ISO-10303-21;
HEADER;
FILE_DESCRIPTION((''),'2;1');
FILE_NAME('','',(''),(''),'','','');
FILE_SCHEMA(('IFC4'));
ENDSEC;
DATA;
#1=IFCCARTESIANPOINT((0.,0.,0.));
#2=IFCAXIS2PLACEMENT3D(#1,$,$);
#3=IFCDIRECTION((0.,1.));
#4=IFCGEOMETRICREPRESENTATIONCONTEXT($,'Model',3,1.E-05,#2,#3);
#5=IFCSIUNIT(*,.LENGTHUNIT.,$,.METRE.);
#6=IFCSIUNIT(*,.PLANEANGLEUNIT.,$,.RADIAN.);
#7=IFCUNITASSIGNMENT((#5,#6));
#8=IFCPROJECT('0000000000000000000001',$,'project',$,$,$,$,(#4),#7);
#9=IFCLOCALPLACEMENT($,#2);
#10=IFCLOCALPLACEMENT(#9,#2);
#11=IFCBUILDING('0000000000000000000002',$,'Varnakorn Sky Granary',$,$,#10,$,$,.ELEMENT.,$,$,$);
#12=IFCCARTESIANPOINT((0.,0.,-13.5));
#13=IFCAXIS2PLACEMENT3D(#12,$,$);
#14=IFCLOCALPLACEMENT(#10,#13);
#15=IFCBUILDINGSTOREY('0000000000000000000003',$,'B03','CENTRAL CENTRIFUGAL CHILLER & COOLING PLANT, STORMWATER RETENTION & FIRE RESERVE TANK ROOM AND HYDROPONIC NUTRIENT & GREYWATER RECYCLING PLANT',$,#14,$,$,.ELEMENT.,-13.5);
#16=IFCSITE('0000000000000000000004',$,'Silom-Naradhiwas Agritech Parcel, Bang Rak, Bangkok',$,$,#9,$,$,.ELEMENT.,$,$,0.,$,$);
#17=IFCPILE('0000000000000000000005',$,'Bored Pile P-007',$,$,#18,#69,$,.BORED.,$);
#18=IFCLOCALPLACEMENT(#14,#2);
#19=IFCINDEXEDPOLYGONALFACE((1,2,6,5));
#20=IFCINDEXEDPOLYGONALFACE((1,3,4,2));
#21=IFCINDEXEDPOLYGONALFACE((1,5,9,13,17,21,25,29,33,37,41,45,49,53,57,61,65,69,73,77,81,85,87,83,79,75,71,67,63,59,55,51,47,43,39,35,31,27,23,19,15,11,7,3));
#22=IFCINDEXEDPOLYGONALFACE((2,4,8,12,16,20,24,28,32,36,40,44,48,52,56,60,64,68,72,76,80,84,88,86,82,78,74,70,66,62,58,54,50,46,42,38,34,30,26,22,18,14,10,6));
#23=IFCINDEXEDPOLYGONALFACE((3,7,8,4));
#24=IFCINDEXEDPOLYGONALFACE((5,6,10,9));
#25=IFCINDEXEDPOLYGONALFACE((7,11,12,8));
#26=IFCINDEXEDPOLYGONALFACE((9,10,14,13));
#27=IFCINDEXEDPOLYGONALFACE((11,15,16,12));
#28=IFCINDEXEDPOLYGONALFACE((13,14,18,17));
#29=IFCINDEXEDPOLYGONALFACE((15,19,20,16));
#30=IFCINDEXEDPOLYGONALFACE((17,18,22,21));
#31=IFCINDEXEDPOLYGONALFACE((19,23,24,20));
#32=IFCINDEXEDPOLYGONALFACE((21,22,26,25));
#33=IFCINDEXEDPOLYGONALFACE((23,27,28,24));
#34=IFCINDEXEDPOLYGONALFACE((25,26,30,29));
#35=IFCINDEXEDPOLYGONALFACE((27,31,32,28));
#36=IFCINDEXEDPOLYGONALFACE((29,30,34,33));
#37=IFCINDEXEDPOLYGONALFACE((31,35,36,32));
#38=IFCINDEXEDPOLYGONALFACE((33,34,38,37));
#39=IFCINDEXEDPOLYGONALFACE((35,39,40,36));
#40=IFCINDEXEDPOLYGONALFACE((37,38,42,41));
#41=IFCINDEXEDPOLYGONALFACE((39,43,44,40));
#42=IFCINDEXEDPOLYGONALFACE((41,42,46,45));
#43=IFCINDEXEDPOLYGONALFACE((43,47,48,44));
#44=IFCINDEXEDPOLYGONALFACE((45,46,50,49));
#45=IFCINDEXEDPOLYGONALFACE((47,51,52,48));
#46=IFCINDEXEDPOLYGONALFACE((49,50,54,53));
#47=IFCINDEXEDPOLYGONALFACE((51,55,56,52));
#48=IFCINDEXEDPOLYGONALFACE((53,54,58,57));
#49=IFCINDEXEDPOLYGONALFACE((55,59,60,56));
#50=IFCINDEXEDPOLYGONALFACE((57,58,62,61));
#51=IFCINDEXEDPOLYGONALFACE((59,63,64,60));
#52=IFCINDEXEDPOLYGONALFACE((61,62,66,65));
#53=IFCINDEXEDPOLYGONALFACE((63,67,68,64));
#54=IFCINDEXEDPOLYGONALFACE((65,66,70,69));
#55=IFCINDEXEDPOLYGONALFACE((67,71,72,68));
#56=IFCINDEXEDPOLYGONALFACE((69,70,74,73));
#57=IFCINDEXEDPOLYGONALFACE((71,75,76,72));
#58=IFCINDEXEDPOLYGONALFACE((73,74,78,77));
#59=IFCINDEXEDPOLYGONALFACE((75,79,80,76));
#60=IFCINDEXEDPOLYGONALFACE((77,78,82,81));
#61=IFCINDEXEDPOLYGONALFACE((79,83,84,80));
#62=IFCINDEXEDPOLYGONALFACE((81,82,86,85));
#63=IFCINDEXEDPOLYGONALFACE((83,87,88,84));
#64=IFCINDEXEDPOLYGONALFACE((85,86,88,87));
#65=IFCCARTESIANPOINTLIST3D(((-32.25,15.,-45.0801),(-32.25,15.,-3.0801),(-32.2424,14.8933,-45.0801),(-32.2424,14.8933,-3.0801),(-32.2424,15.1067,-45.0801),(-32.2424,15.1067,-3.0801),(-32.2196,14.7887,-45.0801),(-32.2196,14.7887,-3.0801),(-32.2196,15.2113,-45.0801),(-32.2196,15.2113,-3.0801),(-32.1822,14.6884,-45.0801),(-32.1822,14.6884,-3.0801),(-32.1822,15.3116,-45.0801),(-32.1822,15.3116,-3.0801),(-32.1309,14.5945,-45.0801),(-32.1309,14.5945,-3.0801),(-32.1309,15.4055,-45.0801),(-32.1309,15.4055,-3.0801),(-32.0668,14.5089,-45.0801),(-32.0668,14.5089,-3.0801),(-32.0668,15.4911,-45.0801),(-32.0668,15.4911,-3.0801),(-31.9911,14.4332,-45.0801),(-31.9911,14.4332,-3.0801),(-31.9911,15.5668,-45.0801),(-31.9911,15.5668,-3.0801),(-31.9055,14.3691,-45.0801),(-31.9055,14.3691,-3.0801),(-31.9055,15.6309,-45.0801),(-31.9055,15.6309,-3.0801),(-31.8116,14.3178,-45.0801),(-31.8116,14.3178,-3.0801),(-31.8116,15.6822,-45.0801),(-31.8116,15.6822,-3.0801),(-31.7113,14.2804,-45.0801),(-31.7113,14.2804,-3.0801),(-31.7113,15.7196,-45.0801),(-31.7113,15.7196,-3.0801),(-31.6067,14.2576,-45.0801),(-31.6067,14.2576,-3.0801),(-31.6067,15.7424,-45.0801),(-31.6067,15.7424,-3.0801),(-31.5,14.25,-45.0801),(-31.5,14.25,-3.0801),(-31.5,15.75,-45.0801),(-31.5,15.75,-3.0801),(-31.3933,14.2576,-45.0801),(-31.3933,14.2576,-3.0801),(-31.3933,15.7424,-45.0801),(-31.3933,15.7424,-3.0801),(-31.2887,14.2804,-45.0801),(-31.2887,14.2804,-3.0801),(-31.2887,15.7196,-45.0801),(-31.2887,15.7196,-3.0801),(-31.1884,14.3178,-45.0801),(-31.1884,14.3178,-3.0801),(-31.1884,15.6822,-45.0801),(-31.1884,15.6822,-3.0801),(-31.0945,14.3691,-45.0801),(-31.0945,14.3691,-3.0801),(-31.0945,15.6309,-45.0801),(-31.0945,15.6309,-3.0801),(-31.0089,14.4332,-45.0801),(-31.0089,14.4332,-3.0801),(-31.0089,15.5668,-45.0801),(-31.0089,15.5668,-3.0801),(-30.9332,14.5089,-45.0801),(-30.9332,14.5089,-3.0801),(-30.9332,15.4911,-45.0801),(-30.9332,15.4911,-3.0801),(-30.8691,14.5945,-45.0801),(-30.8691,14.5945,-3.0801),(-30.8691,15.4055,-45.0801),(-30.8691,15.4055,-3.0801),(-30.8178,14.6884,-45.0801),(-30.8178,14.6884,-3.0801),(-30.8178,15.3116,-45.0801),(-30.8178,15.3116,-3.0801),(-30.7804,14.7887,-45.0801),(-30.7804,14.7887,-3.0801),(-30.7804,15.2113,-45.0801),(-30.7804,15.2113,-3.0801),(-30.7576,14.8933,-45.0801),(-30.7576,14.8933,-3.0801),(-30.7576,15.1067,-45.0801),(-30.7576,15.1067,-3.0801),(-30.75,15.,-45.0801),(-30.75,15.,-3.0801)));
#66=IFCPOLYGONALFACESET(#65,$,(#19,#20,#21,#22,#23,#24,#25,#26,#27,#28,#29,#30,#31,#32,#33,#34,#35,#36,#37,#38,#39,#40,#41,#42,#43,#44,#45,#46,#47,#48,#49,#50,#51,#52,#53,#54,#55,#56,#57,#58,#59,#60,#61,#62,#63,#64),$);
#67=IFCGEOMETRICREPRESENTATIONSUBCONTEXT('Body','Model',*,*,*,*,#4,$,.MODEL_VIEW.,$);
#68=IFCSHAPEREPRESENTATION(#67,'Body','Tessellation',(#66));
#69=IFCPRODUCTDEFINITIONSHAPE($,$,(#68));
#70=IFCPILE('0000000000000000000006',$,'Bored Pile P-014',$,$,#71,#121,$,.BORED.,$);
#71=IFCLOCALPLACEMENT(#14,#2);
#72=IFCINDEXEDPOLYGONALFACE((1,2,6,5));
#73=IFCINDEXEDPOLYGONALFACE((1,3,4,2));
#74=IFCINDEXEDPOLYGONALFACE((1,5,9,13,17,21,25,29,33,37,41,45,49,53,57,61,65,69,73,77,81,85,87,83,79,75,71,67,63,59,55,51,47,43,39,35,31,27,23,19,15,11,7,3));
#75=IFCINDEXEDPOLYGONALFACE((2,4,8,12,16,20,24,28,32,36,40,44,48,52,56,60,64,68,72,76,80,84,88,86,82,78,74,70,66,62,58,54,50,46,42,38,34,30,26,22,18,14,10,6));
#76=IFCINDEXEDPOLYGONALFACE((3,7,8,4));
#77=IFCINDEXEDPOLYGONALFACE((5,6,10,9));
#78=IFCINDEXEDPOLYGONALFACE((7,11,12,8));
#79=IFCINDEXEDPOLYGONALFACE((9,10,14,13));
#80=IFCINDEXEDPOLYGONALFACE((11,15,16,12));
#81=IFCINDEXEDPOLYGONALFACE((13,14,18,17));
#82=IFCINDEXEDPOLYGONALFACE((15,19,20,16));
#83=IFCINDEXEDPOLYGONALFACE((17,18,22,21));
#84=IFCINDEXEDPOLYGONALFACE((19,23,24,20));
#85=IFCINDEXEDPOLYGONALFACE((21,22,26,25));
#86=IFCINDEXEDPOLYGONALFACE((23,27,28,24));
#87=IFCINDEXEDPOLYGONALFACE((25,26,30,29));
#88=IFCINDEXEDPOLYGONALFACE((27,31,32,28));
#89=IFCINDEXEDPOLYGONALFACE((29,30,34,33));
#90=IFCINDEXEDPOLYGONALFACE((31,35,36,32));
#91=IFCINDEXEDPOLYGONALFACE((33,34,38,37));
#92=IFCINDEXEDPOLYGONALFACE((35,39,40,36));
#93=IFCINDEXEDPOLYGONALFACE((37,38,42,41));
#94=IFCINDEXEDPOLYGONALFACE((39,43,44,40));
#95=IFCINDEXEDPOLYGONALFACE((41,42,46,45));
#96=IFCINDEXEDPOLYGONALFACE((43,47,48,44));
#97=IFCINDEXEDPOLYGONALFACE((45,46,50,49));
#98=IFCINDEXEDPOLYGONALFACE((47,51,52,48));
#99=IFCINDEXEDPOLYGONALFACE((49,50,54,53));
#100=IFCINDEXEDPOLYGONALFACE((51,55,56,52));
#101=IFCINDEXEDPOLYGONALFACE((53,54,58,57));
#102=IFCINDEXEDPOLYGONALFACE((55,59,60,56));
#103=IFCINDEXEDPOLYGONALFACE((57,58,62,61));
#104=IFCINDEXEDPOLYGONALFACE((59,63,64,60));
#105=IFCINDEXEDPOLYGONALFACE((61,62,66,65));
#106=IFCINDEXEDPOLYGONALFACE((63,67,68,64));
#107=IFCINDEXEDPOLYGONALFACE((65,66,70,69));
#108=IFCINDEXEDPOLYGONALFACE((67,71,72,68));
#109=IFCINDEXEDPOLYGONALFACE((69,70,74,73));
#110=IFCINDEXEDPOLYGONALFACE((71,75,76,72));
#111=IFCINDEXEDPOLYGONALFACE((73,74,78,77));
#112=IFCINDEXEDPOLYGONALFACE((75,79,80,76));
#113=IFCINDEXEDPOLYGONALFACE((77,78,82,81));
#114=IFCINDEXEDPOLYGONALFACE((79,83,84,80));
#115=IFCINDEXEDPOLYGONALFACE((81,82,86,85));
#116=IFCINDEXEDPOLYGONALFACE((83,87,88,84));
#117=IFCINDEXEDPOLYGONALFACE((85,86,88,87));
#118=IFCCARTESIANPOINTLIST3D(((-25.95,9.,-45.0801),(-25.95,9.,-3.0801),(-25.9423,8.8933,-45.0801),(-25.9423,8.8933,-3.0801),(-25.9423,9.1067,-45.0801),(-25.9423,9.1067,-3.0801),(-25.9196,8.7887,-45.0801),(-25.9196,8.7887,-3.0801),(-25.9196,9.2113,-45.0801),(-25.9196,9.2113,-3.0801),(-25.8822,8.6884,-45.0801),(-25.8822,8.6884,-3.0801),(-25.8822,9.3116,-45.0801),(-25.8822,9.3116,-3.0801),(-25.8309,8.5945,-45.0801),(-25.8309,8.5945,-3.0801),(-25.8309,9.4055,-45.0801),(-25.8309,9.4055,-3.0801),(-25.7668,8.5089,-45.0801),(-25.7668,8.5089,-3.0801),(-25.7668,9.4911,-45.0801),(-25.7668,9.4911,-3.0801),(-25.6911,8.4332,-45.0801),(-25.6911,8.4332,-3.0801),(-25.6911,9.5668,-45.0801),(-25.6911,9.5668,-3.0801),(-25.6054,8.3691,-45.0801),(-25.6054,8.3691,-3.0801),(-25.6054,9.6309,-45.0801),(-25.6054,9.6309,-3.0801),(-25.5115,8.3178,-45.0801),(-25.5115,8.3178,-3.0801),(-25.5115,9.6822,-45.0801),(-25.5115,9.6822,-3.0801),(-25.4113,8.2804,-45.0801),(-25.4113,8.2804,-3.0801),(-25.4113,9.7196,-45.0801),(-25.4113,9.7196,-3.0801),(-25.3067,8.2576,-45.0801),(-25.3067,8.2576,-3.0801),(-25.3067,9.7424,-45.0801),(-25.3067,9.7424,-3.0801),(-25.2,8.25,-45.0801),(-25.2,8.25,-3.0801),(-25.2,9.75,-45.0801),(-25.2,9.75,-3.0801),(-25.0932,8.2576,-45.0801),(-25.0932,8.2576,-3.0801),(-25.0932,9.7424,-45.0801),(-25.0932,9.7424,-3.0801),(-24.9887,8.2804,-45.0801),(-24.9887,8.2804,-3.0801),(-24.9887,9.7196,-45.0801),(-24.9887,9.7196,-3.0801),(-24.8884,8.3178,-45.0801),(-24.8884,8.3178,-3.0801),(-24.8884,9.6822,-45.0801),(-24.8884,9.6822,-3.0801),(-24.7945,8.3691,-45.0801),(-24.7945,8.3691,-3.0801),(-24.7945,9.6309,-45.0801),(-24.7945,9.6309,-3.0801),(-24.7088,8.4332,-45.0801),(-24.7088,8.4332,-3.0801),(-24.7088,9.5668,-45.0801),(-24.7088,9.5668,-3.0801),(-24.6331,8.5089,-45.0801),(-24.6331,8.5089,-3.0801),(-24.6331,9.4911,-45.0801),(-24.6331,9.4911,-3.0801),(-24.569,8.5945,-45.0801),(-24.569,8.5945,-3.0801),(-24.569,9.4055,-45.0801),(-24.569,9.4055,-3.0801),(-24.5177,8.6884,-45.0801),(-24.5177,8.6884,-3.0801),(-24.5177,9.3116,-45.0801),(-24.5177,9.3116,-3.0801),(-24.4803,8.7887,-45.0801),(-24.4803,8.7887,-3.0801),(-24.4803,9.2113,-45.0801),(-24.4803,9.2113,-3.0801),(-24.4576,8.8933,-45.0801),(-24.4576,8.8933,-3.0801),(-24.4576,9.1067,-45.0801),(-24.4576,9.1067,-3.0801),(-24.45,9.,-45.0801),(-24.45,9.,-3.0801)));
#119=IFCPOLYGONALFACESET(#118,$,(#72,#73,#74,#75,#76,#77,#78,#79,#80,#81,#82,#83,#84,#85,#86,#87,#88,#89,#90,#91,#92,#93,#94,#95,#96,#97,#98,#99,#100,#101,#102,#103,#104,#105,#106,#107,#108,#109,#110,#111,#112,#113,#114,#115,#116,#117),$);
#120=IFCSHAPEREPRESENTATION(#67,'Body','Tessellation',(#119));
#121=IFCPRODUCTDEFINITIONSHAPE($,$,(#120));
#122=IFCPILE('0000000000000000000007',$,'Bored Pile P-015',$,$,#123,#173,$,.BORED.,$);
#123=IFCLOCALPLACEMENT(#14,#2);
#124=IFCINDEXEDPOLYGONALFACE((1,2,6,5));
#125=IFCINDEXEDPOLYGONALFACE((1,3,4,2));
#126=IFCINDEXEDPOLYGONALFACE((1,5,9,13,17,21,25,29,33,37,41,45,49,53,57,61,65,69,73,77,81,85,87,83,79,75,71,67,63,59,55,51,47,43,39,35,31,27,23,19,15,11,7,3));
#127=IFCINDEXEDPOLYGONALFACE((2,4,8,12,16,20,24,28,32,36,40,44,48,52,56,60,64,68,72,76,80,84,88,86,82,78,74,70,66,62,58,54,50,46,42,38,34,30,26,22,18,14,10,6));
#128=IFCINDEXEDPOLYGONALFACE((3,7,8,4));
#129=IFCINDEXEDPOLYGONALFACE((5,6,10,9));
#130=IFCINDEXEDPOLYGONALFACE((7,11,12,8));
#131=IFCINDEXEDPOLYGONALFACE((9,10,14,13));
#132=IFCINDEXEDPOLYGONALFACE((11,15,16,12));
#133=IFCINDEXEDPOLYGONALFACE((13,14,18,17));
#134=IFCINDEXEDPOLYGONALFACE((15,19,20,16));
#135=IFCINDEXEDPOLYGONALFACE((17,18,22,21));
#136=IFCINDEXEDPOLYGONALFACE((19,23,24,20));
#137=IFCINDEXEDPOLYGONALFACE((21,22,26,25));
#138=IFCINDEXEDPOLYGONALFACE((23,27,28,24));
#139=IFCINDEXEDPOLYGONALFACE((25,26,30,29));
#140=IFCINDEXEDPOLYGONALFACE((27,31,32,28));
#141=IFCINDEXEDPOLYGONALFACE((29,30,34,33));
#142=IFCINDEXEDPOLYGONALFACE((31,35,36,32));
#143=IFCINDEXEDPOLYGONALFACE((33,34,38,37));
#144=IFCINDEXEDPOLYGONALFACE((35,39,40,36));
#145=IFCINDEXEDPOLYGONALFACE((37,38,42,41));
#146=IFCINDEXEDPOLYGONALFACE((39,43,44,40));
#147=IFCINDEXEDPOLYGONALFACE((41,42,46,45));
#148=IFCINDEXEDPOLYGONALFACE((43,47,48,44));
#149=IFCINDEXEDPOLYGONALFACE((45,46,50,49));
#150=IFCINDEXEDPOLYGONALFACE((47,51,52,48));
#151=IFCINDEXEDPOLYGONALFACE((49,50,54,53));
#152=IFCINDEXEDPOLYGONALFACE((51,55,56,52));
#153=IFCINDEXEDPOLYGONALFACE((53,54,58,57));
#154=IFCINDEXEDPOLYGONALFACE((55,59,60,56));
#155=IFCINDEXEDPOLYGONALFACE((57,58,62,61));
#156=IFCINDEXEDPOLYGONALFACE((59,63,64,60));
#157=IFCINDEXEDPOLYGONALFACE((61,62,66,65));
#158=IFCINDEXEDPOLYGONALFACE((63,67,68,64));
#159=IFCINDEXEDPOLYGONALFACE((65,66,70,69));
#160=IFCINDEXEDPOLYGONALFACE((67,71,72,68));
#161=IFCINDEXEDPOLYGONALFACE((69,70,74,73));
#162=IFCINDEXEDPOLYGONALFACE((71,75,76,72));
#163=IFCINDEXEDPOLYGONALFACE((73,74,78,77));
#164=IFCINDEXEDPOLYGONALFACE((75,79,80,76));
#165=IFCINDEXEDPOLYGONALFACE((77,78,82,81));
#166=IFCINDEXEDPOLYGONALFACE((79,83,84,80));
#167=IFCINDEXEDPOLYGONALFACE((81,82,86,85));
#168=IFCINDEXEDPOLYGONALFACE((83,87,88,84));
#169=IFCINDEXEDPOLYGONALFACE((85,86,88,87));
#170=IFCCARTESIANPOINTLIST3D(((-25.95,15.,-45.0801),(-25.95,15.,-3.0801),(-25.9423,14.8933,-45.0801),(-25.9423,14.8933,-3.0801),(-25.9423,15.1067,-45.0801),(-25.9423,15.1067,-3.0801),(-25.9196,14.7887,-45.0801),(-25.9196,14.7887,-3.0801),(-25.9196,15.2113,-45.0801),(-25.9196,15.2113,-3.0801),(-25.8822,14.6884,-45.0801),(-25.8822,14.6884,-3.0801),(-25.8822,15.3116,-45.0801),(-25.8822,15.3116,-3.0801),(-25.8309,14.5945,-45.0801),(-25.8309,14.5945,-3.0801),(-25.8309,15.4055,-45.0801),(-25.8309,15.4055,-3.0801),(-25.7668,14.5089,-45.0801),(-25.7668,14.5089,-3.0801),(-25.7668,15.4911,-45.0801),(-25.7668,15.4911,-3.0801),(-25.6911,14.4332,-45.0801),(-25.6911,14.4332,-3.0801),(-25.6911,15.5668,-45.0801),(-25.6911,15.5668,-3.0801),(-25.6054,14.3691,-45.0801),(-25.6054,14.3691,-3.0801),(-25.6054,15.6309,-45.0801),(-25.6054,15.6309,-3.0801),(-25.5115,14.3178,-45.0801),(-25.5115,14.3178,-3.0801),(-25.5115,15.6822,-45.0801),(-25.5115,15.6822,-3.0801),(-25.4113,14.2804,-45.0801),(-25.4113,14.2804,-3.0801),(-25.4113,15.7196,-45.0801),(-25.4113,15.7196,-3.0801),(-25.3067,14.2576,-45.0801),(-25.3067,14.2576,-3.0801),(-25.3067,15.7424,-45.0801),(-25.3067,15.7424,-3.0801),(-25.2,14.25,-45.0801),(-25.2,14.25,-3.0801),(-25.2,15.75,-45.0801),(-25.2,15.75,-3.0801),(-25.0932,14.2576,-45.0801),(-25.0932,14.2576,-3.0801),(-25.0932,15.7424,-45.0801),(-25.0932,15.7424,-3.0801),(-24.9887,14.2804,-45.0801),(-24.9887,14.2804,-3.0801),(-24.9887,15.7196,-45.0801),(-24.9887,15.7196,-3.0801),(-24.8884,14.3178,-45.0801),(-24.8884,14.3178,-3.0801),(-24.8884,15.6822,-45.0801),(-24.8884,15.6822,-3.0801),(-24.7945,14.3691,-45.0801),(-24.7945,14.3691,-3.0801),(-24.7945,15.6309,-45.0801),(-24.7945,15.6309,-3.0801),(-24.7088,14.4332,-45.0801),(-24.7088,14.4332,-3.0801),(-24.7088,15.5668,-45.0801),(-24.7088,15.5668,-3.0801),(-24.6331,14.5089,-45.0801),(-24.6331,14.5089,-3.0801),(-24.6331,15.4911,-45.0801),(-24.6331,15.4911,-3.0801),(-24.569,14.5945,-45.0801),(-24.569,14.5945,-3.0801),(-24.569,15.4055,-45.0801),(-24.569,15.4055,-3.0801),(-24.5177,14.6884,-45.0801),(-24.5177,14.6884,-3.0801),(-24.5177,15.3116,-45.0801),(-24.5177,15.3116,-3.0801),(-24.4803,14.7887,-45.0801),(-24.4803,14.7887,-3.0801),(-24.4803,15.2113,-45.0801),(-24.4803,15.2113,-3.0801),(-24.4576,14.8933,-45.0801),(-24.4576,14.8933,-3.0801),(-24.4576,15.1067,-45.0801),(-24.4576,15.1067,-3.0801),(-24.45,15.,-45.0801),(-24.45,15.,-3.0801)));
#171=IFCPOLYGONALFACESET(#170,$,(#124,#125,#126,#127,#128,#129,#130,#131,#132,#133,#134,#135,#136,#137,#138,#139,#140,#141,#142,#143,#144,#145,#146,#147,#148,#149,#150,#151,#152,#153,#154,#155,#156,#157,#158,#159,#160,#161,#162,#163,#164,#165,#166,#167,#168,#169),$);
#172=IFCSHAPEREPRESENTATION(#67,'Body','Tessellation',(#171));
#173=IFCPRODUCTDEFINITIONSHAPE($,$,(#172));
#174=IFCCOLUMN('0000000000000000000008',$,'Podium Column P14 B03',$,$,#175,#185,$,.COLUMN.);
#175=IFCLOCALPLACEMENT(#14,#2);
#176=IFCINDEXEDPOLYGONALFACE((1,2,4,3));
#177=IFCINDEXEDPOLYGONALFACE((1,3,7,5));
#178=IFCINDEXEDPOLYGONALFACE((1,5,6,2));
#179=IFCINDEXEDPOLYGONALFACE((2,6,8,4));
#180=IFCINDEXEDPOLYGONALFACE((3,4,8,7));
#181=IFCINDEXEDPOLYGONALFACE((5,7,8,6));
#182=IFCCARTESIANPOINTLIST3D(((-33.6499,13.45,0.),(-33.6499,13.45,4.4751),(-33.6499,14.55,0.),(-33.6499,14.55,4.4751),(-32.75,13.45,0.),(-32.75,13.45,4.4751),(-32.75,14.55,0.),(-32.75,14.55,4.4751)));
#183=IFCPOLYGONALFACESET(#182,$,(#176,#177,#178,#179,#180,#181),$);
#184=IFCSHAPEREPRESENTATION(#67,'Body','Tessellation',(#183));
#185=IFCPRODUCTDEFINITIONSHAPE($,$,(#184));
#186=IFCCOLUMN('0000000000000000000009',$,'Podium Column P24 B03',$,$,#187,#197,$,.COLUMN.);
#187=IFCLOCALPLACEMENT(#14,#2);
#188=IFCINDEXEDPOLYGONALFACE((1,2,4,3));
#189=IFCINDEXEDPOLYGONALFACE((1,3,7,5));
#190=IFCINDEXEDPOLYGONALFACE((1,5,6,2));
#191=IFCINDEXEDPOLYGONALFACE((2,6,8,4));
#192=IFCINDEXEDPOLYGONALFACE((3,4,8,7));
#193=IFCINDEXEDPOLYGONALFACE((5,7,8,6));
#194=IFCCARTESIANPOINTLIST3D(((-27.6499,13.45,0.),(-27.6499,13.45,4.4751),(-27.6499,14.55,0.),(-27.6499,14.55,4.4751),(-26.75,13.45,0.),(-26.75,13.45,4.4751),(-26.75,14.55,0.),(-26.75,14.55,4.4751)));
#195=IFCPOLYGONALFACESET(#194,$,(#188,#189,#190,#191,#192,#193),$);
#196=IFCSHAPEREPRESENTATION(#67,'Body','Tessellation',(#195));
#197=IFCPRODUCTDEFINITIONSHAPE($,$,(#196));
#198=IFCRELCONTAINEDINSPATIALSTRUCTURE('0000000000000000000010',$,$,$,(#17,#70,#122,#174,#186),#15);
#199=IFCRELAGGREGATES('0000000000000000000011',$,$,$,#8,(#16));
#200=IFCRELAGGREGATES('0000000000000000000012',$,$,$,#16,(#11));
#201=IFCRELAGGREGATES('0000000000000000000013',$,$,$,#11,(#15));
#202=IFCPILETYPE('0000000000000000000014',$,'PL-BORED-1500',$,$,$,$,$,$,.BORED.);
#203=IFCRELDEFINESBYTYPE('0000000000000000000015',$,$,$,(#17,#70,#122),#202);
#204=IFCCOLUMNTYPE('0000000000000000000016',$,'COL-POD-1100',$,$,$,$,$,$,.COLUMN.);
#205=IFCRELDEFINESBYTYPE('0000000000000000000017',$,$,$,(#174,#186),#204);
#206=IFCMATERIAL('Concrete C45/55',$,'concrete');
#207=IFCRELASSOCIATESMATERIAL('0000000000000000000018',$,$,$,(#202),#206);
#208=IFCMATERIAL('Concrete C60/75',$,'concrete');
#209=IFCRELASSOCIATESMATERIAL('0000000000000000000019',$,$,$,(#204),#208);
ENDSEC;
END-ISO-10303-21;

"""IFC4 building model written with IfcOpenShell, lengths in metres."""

from ifc_helpers import new_model, si_unit, direction, frame, origin, origin_2d, place, context, subcontext, project, spatial, rectangle, circle, extrude, material, material_profile, profile_set, type_object, element, save


model = new_model("IFC4")

# Units and contexts
model_context = context("Model", 3, precision=1e-05, world=origin(), true_north=direction((0.0, 1.0)))
body_context = subcontext(model_context, "Body", "Model", "MODEL_VIEW")
ifc_project = project(units=[si_unit("LENGTHUNIT", "METRE"), si_unit("PLANEANGLEUNIT", "RADIAN")], contexts=[model_context])

# Site, building, storey
site_placement = place(None, origin())
site = spatial("IfcSite", under=ifc_project, at=site_placement, Name="Silom-Naradhiwas Agritech Parcel, Bang Rak, Bangkok", CompositionType="ELEMENT", RefElevation=0.0)
building_placement = place(site_placement, origin())
building = spatial("IfcBuilding", under=site, at=building_placement, Name="Varnakorn Sky Granary", CompositionType="ELEMENT")
storey_placement = place(building_placement, frame((0.0, 0.0, -13.5)))
storey = spatial("IfcBuildingStorey", under=building, at=storey_placement, Name="B03", Description="CENTRAL CENTRIFUGAL CHILLER & COOLING PLANT, STORMWATER RETENTION & FIRE RESERVE TANK ROOM AND HYDROPONIC NUTRIENT & GREYWATER RECYCLING PLANT", CompositionType="ELEMENT", Elevation=-13.5)

# Piles
ifc_material_1 = material(Name="Concrete C45/55", Category="concrete")
ifc_material_profile_1 = material_profile(ifc_material_1, circle(Radius=0.75, at=origin_2d()), Name="PILE D1500")
ifc_profile_set_1 = profile_set([ifc_material_profile_1], Name="Concrete C45/55")
pile_type = type_object("IfcPileType", Name="PL-BORED-1500", PredefinedType="BORED", material=ifc_profile_set_1)
for number, where, z_axis, x_axis, name in (
    (1, (-31.5, 15.0, -3.0801), (0.0, 0.0, -1.0), (1.0, 0.0, 0.0), "Bored Pile P-007"),
    (2, (-25.2, 9.0, -3.0801), (0.0, 0.0, -1.0), (1.0, 0.0, 0.0), "Bored Pile P-014"),
    (3, (-25.2, 15.0, -3.0801), (0.0, 0.0, -1.0), (1.0, 0.0, 0.0), "Bored Pile P-015"),
):
    element("IfcPile", number, at=place(storey_placement, frame(where, z_axis=z_axis, x_axis=x_axis)), inside=storey, type_object=pile_type, Name=name, PredefinedType="BORED", context=body_context, shape_type="SweptSolid", body=[
        extrude(circle(Radius=0.75, at=origin_2d()), origin(), (0.0, 0.0, 1.0), 42.0),
    ])

# Columns
ifc_material_2 = material(Name="Concrete C60/75", Category="concrete")
ifc_material_profile_2 = material_profile(ifc_material_2, rectangle(XDim=0.8999, YDim=1.1001, at=origin_2d()), Name="RC 900x1100")
ifc_profile_set_2 = profile_set([ifc_material_profile_2], Name="Concrete C60/75")
column_type = type_object("IfcColumnType", Name="COL-POD-1100", PredefinedType="COLUMN", material=ifc_profile_set_2)
for number, where, z_axis, x_axis, name in (
    (4, (-33.2, 14.0, 0.0), (0.0, 0.0, 1.0), (1.0, 0.0, 0.0), "Podium Column P14 B03"),
    (5, (-27.2, 14.0, 0.0), (0.0, 0.0, 1.0), (1.0, 0.0, 0.0), "Podium Column P24 B03"),
):
    element("IfcColumn", number, at=place(storey_placement, frame(where, z_axis=z_axis, x_axis=x_axis)), inside=storey, type_object=column_type, Name=name, PredefinedType="COLUMN", context=body_context, shape_type="SweptSolid", body=[
        extrude(rectangle(XDim=0.8999, YDim=1.1001, at=origin_2d()), origin(), (0.0, 0.0, 1.0), 4.4751),
    ])

save(model, "model.ifc")
